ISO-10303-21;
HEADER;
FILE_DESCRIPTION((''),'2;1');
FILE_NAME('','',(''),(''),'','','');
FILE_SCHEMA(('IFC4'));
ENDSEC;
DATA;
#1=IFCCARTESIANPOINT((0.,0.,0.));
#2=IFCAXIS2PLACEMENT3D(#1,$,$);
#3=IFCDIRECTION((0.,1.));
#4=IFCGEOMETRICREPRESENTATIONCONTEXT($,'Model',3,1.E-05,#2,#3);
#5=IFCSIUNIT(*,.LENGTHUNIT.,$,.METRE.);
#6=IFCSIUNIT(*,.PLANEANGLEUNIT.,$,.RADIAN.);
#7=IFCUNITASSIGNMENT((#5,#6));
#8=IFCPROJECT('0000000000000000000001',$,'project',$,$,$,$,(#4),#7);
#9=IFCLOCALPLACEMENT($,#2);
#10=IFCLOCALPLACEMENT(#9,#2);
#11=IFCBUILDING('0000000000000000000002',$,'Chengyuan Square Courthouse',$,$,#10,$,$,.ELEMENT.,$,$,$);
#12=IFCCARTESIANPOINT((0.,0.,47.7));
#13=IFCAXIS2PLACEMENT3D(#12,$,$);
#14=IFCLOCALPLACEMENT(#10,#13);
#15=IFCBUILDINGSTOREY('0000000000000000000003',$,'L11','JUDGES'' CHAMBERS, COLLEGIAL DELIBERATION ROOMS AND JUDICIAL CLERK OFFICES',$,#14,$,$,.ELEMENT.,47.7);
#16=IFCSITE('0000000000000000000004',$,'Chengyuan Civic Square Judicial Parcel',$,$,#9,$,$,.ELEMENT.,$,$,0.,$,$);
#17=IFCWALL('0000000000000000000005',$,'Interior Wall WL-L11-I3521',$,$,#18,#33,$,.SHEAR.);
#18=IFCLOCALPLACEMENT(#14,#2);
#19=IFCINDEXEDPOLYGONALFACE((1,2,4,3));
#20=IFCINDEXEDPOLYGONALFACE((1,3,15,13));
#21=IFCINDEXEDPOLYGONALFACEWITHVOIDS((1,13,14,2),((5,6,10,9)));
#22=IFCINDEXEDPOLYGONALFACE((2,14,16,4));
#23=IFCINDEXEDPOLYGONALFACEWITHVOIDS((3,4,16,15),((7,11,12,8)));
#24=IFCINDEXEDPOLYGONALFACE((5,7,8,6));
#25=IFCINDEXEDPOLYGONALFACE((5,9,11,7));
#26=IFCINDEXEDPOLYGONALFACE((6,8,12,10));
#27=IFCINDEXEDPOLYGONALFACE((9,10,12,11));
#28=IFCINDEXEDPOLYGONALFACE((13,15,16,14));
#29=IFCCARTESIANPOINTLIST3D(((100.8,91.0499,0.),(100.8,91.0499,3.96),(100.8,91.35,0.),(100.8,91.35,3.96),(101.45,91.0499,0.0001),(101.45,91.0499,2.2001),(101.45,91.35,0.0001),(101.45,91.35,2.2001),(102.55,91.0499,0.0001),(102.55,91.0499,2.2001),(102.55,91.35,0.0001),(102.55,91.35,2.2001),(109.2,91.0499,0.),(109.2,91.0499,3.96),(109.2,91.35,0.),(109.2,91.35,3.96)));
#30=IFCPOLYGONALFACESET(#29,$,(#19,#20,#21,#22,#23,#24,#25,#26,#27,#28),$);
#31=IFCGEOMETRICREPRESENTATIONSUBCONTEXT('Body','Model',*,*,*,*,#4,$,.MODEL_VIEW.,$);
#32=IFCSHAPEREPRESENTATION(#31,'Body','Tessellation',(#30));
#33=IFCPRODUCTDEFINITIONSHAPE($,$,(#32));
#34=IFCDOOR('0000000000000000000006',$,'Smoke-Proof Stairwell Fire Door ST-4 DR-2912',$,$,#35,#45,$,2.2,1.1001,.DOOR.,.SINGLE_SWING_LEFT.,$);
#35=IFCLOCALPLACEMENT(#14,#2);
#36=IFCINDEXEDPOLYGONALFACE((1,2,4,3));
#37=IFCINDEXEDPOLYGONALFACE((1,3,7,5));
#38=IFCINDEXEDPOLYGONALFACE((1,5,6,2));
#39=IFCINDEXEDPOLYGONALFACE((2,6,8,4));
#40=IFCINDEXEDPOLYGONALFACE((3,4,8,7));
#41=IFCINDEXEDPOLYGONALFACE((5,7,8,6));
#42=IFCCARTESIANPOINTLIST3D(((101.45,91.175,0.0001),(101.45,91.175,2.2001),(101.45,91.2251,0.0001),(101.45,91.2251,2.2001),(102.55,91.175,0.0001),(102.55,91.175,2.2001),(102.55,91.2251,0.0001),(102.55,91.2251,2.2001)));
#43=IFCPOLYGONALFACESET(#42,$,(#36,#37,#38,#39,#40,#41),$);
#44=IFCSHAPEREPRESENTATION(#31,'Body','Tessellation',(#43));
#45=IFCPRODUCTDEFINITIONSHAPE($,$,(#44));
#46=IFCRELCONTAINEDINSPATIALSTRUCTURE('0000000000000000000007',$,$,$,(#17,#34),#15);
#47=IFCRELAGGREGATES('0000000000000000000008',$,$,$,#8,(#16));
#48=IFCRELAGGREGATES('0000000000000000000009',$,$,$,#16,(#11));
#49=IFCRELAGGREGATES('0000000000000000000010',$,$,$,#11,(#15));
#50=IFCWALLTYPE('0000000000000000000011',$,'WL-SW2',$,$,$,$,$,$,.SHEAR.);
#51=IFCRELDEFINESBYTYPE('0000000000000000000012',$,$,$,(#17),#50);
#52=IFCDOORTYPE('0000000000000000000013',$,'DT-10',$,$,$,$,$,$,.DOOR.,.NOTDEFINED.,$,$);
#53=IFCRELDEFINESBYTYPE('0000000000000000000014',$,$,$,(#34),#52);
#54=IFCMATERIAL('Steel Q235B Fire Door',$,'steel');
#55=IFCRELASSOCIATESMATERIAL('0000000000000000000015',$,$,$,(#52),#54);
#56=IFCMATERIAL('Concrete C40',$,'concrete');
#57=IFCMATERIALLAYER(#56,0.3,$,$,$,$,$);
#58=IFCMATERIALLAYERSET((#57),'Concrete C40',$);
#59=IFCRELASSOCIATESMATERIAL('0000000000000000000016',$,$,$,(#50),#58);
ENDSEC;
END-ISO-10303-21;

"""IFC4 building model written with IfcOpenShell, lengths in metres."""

from ifc_helpers import new_model, si_unit, direction, frame, frame_2d, origin, place, context, subcontext, project, spatial, rectangle, extrude, material, layer, layer_set, type_object, element, fill, save


model = new_model("IFC4")

# Units and contexts
model_context = context("Model", 3, precision=1e-05, world=origin(), true_north=direction((0.0, 1.0)))
body_context = subcontext(model_context, "Body", "Model", "MODEL_VIEW")
ifc_project = project(units=[si_unit("LENGTHUNIT", "METRE"), si_unit("PLANEANGLEUNIT", "RADIAN")], contexts=[model_context])

# Site, building, storey
site_placement = place(None, origin())
site = spatial("IfcSite", under=ifc_project, at=site_placement, Name="Chengyuan Civic Square Judicial Parcel", CompositionType="ELEMENT", RefElevation=0.0)
building_placement = place(site_placement, origin())
building = spatial("IfcBuilding", under=site, at=building_placement, Name="Chengyuan Square Courthouse", CompositionType="ELEMENT")
storey_placement = place(building_placement, frame((0.0, 0.0, 47.7)))
storey = spatial("IfcBuildingStorey", under=building, at=storey_placement, Name="L11", Description="JUDGES' CHAMBERS, COLLEGIAL DELIBERATION ROOMS AND JUDICIAL CLERK OFFICES", CompositionType="ELEMENT", Elevation=47.7)

# Shared definitions
ifc_material_1 = material(Name="Concrete C40", Category="concrete")

# Shared definitions
ifc_material_2 = material(Name="Steel Q235B Fire Door", Category="steel")
door_type_1 = type_object("IfcDoorType", Name="DT-10", OperationType="NOTDEFINED", PredefinedType="DOOR", material=ifc_material_2)

# Wall, opening, door
ifc_layer_1 = layer(ifc_material_1, 0.3)
ifc_layer_set_1 = layer_set([ifc_layer_1], Name="Concrete C40")
wall_type_1 = type_object("IfcWallType", Name="WL-SW2", PredefinedType="SHEAR", material=ifc_layer_set_1)
wall_1_placement = place(storey_placement, frame((100.8, 91.2, 0.0), z_axis=(0.0, 0.0, 1.0), x_axis=(1.0, 0.0, 0.0)))
wall_1 = element("IfcWall", 1, at=wall_1_placement, inside=storey, type_object=wall_type_1, Name="Interior Wall WL-L11-I3521", PredefinedType="SHEAR", context=body_context, shape_type="SweptSolid", body=[
    extrude(rectangle(XDim=8.3999, YDim=0.3, at=frame_2d((4.2, 0.0))), origin(), (0.0, 0.0, 1.0), 3.96),
])
opening_1_placement = place(wall_1_placement, frame((0.6499, 0.0, 0.0)))
opening_1 = element("IfcOpeningElement", 2, at=opening_1_placement, cuts=wall_1, PredefinedType="OPENING", context=body_context, shape_type="SweptSolid", body=[
    extrude(rectangle(XDim=1.1001, YDim=2.2, at=frame_2d((0.55, 1.1001))), frame((0.0, 0.1621, 0.0), z_axis=(0.0, -1.0, 0.0), x_axis=(1.0, 0.0, 0.0)), (0.0, 0.0, 1.0), 0.324),
])
door_1_placement = place(opening_1_placement, frame((1.1001, 0.0, 0.0), z_axis=(0.0, 0.0, 1.0), x_axis=(-1.0, 0.0, 0.0)))
door_1 = element("IfcDoor", 3, at=door_1_placement, inside=storey, type_object=door_type_1, Name="Smoke-Proof Stairwell Fire Door ST-4 DR-2912", OperationType="SINGLE_SWING_LEFT", OverallHeight=2.2, OverallWidth=1.1001, PredefinedType="DOOR", context=body_context, shape_type="SweptSolid", body=[
    extrude(rectangle(XDim=1.1001, YDim=2.2, at=frame_2d((0.55, 1.1001))), frame((0.0, 0.0249, 0.0), z_axis=(0.0, -1.0, 0.0), x_axis=(1.0, 0.0, 0.0)), (0.0, 0.0, 1.0), 0.05),
])
fill(opening_1, door_1)

save(model, "model.ifc")
